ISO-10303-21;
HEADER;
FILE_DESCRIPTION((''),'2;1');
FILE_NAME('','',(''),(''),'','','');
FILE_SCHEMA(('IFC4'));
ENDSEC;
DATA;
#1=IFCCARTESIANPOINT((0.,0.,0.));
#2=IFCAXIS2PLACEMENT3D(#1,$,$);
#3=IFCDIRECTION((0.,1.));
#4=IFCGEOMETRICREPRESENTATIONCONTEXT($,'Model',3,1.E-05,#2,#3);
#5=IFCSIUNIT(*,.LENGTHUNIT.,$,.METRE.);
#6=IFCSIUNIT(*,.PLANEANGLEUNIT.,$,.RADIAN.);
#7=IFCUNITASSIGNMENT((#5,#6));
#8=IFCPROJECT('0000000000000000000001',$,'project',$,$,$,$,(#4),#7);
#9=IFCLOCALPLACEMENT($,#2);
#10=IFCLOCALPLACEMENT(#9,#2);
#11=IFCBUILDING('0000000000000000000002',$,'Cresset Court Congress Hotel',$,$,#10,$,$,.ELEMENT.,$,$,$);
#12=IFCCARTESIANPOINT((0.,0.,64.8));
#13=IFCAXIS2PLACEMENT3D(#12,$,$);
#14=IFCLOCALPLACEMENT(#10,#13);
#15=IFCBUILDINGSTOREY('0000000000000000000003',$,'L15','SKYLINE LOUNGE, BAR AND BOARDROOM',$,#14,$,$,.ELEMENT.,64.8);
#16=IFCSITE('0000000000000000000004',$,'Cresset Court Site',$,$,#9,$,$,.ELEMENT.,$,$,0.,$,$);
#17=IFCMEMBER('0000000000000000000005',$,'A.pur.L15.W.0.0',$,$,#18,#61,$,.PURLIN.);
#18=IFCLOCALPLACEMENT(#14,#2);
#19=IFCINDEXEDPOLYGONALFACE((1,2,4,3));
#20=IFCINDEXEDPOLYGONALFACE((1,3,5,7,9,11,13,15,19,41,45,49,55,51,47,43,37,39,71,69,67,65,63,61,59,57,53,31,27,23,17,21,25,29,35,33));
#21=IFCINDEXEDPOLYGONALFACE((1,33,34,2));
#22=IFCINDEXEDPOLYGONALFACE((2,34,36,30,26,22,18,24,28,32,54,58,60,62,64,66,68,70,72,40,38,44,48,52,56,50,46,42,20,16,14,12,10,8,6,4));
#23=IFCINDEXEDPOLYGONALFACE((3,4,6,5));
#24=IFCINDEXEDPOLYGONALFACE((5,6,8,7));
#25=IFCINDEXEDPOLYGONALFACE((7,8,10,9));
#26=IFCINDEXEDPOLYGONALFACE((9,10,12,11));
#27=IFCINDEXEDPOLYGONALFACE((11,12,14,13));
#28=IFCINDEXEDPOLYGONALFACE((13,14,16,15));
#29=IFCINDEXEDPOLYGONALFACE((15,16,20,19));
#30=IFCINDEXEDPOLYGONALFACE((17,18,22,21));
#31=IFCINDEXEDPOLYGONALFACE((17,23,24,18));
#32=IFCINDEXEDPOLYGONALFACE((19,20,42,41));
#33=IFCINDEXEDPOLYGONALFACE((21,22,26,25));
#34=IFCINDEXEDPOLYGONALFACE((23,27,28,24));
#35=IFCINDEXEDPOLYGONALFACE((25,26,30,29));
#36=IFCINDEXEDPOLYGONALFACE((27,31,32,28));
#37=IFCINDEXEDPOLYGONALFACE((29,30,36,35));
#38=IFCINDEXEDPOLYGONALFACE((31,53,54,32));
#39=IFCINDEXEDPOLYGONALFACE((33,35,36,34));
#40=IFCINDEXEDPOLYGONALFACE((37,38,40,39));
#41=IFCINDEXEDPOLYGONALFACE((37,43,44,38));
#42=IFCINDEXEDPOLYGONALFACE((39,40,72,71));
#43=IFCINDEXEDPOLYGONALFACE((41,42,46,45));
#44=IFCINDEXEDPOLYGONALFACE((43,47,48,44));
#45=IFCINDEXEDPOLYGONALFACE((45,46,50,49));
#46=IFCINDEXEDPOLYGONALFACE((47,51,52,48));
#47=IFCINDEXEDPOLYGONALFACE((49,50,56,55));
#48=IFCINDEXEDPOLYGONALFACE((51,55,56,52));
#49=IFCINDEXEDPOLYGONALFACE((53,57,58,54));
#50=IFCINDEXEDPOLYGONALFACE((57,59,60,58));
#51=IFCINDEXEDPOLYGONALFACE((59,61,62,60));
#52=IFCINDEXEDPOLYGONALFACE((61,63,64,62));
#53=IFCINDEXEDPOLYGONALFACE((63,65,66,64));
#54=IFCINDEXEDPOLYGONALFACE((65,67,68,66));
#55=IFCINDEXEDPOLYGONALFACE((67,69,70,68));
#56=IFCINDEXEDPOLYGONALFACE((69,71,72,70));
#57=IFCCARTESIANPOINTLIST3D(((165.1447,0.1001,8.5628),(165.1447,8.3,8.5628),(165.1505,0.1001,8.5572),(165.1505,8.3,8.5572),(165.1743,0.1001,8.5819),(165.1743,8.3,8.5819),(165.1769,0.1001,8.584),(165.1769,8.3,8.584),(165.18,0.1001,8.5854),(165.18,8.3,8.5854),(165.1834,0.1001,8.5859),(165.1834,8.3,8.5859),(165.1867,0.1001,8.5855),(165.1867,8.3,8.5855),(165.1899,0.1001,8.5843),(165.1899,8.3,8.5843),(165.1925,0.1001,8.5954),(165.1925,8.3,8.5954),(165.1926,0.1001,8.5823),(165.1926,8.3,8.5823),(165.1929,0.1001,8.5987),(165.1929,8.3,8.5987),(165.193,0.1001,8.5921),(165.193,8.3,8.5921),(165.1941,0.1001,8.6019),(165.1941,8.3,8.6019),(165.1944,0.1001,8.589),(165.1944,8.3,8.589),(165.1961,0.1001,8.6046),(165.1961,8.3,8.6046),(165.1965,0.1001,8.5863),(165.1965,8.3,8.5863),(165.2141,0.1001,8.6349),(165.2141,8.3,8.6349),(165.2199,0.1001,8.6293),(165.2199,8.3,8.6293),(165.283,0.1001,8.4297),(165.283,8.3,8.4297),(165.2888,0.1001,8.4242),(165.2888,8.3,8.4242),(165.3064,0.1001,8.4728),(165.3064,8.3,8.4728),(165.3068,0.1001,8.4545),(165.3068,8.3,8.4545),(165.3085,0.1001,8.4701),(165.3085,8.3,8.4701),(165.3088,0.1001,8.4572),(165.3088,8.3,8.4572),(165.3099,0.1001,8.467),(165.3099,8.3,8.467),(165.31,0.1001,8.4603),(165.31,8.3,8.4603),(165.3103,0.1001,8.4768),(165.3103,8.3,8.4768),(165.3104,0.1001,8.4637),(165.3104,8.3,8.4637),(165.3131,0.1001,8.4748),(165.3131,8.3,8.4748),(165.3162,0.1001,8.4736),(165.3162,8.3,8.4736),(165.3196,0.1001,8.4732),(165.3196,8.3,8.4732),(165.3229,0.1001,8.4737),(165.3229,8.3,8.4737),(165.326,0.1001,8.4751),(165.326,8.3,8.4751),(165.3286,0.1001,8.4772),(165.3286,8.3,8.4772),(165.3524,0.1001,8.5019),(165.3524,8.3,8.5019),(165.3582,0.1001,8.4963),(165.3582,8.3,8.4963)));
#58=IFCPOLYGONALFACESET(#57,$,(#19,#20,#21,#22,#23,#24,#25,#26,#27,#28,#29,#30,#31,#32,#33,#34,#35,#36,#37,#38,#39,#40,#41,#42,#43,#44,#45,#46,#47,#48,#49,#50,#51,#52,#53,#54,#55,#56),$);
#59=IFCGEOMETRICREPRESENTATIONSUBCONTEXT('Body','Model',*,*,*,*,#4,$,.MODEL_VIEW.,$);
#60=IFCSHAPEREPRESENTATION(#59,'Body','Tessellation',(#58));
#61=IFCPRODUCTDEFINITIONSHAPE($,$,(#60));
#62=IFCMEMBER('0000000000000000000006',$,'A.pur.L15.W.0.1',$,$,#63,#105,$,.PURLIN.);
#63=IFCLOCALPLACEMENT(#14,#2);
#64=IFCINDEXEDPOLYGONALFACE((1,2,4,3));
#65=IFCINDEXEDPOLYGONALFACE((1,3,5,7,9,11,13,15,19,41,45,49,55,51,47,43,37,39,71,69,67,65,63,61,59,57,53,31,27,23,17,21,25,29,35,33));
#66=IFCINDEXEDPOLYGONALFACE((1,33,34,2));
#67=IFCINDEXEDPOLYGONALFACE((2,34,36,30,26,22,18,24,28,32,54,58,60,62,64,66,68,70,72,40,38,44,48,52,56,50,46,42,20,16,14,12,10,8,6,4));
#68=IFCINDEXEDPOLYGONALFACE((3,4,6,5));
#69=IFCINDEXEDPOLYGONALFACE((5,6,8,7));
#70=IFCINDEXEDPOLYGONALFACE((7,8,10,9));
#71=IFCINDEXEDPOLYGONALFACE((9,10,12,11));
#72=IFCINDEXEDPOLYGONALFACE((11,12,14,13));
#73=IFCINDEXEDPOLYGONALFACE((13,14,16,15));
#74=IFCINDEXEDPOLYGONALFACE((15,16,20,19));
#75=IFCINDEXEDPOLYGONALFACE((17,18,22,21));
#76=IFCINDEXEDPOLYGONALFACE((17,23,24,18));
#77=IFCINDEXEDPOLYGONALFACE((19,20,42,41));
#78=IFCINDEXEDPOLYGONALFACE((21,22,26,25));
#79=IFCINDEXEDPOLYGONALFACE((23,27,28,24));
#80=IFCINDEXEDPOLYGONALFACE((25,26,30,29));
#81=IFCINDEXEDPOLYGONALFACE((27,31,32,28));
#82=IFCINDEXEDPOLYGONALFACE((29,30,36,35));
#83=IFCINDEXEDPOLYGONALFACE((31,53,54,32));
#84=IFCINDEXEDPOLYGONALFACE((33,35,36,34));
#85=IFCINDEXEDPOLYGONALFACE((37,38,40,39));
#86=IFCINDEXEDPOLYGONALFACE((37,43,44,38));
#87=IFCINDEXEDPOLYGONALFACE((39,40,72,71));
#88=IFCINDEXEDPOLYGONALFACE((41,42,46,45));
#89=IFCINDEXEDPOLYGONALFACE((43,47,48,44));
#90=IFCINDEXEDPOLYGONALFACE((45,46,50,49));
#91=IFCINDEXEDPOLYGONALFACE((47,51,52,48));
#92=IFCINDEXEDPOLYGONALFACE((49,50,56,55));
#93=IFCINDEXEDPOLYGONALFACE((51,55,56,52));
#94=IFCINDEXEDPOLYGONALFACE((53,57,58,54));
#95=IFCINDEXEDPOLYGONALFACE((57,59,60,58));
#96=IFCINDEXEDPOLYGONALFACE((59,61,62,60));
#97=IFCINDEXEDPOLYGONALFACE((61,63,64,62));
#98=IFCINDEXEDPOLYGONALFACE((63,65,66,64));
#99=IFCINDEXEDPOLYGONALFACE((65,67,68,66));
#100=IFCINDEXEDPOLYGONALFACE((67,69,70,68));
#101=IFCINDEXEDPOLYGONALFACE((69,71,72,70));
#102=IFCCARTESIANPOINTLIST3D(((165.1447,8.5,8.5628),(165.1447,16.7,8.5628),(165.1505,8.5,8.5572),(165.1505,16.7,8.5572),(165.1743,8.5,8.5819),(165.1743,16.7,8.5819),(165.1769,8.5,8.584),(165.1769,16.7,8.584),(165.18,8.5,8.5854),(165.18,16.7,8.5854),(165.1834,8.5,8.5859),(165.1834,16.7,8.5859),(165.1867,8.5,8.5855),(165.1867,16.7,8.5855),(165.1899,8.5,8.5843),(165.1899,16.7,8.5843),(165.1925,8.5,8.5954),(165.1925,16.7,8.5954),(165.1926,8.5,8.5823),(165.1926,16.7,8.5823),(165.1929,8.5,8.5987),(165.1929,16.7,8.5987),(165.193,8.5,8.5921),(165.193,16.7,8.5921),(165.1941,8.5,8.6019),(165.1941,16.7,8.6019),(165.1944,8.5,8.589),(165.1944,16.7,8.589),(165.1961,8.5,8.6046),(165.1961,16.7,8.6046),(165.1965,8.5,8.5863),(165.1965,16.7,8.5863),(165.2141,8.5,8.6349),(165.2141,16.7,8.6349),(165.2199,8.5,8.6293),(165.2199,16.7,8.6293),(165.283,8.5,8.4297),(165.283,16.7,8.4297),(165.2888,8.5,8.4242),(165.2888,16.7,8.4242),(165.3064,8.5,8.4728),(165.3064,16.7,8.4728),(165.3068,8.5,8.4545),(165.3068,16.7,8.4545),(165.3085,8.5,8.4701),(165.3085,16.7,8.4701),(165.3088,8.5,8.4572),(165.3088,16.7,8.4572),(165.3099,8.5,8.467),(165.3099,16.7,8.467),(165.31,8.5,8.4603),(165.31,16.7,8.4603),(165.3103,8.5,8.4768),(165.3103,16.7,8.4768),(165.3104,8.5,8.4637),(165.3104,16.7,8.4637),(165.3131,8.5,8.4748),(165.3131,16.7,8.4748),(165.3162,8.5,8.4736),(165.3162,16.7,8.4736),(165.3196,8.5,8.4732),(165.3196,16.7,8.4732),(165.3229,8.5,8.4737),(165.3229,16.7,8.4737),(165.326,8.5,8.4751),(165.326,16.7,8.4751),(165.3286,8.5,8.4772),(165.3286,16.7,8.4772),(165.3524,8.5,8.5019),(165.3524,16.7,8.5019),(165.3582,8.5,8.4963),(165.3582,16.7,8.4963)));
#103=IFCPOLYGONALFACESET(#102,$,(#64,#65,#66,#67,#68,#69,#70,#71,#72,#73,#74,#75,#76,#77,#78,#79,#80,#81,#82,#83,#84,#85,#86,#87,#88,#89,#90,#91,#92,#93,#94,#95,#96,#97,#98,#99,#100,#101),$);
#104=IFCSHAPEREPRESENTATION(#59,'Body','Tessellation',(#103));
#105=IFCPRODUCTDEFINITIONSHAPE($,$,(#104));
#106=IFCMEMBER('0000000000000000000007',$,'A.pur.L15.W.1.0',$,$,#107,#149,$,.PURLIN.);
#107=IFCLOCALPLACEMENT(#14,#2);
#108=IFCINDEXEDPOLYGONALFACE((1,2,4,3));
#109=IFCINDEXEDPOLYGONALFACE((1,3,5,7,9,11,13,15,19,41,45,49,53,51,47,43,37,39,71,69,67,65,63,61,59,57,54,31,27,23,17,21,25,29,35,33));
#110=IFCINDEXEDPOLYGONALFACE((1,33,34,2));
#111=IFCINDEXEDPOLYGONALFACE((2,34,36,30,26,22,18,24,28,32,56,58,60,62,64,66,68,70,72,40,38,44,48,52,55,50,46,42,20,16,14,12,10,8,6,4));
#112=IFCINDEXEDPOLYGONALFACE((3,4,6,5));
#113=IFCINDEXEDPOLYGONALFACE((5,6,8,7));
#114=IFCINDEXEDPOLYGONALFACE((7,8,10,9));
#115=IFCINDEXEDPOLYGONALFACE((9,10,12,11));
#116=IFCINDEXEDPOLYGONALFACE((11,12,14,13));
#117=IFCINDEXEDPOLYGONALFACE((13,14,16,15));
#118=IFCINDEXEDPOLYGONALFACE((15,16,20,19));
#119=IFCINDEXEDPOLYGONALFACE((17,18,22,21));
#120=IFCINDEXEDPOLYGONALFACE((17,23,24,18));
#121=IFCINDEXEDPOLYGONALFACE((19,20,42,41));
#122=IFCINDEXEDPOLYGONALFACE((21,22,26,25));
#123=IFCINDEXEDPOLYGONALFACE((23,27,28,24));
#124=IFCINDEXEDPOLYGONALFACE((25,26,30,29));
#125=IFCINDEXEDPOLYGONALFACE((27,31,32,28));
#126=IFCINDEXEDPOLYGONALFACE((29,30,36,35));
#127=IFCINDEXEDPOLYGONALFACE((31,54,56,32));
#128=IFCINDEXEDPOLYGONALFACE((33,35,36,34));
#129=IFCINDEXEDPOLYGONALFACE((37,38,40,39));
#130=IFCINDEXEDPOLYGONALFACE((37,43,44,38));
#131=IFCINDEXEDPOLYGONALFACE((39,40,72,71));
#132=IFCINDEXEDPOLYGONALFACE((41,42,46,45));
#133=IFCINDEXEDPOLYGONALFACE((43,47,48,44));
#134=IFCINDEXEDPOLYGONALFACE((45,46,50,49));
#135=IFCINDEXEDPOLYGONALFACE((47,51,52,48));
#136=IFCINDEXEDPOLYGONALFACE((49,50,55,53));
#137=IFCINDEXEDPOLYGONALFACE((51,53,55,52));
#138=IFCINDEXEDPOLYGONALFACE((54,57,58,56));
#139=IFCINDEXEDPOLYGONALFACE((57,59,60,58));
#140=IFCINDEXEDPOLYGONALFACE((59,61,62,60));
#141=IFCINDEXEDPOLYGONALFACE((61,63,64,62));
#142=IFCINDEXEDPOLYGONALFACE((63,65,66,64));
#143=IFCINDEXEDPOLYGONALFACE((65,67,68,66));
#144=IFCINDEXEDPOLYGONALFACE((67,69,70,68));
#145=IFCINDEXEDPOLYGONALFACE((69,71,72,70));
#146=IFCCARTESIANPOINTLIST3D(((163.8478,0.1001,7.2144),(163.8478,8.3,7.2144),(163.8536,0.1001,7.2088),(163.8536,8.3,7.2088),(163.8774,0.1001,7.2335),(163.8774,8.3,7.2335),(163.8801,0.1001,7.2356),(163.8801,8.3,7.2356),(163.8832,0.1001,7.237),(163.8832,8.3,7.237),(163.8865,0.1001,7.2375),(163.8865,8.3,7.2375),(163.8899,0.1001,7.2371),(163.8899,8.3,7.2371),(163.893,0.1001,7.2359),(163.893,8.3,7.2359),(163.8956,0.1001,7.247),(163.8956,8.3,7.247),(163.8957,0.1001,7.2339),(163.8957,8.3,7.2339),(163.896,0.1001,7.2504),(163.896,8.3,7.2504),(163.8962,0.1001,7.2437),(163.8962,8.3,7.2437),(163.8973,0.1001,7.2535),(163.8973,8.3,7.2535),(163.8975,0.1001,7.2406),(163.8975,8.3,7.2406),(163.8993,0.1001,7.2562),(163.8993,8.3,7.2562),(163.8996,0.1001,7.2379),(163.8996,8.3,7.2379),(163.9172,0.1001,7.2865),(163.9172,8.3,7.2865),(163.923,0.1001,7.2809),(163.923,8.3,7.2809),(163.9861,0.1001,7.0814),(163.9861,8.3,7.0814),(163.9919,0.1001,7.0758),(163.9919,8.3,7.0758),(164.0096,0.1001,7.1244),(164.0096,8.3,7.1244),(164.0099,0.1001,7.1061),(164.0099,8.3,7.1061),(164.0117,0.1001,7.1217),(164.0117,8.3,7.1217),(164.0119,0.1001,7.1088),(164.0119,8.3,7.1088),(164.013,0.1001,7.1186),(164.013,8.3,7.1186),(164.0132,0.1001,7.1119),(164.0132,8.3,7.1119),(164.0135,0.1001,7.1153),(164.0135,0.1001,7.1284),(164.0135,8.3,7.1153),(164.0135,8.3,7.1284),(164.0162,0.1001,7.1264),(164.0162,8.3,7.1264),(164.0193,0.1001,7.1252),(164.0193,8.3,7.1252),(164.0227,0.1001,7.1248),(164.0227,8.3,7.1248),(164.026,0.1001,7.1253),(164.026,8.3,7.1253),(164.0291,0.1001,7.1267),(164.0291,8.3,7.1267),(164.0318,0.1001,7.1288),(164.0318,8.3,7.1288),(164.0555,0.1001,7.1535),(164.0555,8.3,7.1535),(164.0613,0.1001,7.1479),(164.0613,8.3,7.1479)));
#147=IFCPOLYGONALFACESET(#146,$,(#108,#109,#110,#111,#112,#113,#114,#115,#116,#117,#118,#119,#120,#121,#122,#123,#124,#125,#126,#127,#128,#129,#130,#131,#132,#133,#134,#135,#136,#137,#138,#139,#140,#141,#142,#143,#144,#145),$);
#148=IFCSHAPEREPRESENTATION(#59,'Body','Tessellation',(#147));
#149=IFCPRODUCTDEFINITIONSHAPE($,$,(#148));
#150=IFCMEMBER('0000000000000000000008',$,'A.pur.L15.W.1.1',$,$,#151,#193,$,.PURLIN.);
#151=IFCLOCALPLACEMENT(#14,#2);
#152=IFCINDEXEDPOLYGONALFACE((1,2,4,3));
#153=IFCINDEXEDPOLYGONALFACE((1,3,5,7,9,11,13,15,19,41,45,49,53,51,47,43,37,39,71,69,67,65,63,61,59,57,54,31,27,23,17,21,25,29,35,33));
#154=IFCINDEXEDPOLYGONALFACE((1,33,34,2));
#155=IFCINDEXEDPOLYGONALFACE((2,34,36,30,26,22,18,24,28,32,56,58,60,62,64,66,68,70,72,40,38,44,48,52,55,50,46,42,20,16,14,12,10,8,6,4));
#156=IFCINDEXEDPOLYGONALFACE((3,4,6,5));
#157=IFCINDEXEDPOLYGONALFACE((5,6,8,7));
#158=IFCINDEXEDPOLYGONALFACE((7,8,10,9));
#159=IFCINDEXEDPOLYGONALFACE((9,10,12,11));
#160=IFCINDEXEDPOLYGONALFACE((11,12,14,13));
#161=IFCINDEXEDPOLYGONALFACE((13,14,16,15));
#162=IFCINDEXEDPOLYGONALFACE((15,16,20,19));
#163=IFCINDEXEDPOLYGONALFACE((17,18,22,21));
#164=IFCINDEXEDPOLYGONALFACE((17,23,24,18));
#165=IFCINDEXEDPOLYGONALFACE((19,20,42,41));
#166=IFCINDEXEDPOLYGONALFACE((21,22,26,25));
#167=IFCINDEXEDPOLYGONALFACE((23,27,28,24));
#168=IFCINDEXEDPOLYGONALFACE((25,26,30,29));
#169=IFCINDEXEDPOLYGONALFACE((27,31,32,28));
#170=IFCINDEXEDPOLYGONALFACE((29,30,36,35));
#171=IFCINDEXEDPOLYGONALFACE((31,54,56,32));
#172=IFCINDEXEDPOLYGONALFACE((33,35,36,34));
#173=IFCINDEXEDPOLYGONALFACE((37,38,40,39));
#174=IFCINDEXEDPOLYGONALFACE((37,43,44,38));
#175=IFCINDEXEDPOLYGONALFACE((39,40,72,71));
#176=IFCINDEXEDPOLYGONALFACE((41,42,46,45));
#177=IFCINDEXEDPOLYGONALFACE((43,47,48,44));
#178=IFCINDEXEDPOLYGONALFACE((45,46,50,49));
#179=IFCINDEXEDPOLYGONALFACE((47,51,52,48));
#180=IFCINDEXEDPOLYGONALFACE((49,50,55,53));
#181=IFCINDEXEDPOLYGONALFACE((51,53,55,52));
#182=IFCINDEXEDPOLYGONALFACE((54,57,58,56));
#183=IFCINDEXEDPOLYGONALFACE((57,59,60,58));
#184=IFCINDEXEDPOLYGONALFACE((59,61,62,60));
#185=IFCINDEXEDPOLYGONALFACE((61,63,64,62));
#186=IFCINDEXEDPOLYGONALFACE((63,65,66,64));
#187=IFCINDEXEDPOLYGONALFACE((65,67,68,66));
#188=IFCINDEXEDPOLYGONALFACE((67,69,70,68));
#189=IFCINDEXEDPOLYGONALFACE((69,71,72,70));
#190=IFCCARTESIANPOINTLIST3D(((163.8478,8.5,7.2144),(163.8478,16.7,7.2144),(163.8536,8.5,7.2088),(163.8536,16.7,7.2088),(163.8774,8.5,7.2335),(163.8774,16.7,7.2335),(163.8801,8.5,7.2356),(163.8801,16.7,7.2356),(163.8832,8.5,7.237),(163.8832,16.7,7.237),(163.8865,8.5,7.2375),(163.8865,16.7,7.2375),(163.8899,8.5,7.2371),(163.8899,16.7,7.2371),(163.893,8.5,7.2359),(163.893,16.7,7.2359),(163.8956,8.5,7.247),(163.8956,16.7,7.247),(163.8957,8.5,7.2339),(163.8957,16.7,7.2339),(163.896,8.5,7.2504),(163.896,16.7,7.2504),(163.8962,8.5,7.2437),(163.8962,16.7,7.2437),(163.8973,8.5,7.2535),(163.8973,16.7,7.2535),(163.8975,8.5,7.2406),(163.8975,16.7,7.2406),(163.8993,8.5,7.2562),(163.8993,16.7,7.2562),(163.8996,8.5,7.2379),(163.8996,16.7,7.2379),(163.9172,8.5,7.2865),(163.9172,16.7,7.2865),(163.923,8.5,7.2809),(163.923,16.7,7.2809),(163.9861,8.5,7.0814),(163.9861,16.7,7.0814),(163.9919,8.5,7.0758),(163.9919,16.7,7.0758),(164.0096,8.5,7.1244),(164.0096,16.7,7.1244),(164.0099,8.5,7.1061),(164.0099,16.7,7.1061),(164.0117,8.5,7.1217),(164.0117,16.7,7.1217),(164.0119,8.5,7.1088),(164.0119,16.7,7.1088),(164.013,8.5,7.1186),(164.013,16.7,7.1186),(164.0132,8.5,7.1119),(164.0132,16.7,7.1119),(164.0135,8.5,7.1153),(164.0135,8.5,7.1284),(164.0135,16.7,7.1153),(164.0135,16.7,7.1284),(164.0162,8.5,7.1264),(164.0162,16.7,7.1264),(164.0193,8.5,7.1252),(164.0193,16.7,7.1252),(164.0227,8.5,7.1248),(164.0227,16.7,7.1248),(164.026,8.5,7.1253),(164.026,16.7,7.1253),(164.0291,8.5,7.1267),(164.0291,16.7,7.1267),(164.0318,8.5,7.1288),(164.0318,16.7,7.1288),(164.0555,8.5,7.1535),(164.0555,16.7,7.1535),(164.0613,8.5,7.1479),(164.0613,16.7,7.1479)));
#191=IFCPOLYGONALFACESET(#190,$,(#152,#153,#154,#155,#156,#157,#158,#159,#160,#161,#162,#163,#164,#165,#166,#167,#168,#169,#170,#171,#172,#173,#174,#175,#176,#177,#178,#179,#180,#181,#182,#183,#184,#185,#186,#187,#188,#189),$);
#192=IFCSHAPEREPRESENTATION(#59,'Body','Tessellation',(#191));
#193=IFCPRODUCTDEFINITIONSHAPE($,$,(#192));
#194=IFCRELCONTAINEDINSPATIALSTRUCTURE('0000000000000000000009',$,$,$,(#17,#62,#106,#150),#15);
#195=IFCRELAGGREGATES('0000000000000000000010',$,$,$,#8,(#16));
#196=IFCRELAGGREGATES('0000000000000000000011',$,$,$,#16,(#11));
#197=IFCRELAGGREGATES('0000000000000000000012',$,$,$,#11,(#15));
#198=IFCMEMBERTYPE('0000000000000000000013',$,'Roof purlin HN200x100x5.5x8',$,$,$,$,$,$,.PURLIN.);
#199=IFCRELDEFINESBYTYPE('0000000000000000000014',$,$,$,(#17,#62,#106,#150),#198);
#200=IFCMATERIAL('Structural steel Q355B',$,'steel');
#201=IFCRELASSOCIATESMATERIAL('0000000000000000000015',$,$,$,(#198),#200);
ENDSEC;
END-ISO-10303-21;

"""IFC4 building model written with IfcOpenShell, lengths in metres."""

from ifc_helpers import new_model, si_unit, direction, frame, origin, origin_2d, place, context, subcontext, project, spatial, i_section, extrude, material, material_profile, profile_set, type_object, element, save


model = new_model("IFC4")

# Units and contexts
model_context = context("Model", 3, precision=1e-05, world=origin(), true_north=direction((0.0, 1.0)))
body_context = subcontext(model_context, "Body", "Model", "MODEL_VIEW")
ifc_project = project(units=[si_unit("LENGTHUNIT", "METRE"), si_unit("PLANEANGLEUNIT", "RADIAN")], contexts=[model_context])

# Site, building, storey
site_placement = place(None, origin())
site = spatial("IfcSite", under=ifc_project, at=site_placement, Name="Cresset Court Site", CompositionType="ELEMENT", RefElevation=0.0)
building_placement = place(site_placement, origin())
building = spatial("IfcBuilding", under=site, at=building_placement, Name="Cresset Court Congress Hotel", CompositionType="ELEMENT")
storey_placement = place(building_placement, frame((0.0, 0.0, 64.8)))
storey = spatial("IfcBuildingStorey", under=building, at=storey_placement, Name="L15", Description="SKYLINE LOUNGE, BAR AND BOARDROOM", CompositionType="ELEMENT", Elevation=64.8)

# Members
ifc_material_1 = material(Name="Structural steel Q355B", Category="steel")
ifc_material_profile_1 = material_profile(ifc_material_1, i_section(OverallWidth=0.1001, OverallDepth=0.2, WebThickness=0.0056, FlangeThickness=0.0081, FilletRadius=0.0129, at=origin_2d()), Name="HN200x100x5.5x8")
ifc_profile_set_1 = profile_set([ifc_material_profile_1], Name="Structural steel Q355B")
member_type_1 = type_object("IfcMemberType", Name="Roof purlin HN200x100x5.5x8", PredefinedType="PURLIN", material=ifc_profile_set_1)
for number, where, z_axis, x_axis, name in (
    (1, (165.2515, 0.1001, 8.5295), (0.0, 1.0, 0.0), (-0.693246, 0.0, -0.720701), "A.pur.L15.W.0.0"),
    (2, (165.2515, 8.5, 8.5295), (0.0, 1.0, 0.0), (-0.693246, 0.0, -0.720701), "A.pur.L15.W.0.1"),
    (3, (163.9546, 0.1001, 7.1812), (0.0, 1.0, 0.0), (-0.693246, 0.0, -0.720701), "A.pur.L15.W.1.0"),
    (4, (163.9546, 8.5, 7.1812), (0.0, 1.0, 0.0), (-0.693246, 0.0, -0.720701), "A.pur.L15.W.1.1"),
):
    element("IfcMember", number, at=place(storey_placement, frame(where, z_axis=z_axis, x_axis=x_axis)), inside=storey, type_object=member_type_1, Name=name, PredefinedType="PURLIN", context=body_context, shape_type="SweptSolid", body=[
        extrude(i_section(OverallWidth=0.1001, OverallDepth=0.2, WebThickness=0.0056, FlangeThickness=0.0081, FilletRadius=0.0129, at=origin_2d()), origin(), (0.0, 0.0, 1.0), 8.2),
    ])

save(model, "model.ifc")
